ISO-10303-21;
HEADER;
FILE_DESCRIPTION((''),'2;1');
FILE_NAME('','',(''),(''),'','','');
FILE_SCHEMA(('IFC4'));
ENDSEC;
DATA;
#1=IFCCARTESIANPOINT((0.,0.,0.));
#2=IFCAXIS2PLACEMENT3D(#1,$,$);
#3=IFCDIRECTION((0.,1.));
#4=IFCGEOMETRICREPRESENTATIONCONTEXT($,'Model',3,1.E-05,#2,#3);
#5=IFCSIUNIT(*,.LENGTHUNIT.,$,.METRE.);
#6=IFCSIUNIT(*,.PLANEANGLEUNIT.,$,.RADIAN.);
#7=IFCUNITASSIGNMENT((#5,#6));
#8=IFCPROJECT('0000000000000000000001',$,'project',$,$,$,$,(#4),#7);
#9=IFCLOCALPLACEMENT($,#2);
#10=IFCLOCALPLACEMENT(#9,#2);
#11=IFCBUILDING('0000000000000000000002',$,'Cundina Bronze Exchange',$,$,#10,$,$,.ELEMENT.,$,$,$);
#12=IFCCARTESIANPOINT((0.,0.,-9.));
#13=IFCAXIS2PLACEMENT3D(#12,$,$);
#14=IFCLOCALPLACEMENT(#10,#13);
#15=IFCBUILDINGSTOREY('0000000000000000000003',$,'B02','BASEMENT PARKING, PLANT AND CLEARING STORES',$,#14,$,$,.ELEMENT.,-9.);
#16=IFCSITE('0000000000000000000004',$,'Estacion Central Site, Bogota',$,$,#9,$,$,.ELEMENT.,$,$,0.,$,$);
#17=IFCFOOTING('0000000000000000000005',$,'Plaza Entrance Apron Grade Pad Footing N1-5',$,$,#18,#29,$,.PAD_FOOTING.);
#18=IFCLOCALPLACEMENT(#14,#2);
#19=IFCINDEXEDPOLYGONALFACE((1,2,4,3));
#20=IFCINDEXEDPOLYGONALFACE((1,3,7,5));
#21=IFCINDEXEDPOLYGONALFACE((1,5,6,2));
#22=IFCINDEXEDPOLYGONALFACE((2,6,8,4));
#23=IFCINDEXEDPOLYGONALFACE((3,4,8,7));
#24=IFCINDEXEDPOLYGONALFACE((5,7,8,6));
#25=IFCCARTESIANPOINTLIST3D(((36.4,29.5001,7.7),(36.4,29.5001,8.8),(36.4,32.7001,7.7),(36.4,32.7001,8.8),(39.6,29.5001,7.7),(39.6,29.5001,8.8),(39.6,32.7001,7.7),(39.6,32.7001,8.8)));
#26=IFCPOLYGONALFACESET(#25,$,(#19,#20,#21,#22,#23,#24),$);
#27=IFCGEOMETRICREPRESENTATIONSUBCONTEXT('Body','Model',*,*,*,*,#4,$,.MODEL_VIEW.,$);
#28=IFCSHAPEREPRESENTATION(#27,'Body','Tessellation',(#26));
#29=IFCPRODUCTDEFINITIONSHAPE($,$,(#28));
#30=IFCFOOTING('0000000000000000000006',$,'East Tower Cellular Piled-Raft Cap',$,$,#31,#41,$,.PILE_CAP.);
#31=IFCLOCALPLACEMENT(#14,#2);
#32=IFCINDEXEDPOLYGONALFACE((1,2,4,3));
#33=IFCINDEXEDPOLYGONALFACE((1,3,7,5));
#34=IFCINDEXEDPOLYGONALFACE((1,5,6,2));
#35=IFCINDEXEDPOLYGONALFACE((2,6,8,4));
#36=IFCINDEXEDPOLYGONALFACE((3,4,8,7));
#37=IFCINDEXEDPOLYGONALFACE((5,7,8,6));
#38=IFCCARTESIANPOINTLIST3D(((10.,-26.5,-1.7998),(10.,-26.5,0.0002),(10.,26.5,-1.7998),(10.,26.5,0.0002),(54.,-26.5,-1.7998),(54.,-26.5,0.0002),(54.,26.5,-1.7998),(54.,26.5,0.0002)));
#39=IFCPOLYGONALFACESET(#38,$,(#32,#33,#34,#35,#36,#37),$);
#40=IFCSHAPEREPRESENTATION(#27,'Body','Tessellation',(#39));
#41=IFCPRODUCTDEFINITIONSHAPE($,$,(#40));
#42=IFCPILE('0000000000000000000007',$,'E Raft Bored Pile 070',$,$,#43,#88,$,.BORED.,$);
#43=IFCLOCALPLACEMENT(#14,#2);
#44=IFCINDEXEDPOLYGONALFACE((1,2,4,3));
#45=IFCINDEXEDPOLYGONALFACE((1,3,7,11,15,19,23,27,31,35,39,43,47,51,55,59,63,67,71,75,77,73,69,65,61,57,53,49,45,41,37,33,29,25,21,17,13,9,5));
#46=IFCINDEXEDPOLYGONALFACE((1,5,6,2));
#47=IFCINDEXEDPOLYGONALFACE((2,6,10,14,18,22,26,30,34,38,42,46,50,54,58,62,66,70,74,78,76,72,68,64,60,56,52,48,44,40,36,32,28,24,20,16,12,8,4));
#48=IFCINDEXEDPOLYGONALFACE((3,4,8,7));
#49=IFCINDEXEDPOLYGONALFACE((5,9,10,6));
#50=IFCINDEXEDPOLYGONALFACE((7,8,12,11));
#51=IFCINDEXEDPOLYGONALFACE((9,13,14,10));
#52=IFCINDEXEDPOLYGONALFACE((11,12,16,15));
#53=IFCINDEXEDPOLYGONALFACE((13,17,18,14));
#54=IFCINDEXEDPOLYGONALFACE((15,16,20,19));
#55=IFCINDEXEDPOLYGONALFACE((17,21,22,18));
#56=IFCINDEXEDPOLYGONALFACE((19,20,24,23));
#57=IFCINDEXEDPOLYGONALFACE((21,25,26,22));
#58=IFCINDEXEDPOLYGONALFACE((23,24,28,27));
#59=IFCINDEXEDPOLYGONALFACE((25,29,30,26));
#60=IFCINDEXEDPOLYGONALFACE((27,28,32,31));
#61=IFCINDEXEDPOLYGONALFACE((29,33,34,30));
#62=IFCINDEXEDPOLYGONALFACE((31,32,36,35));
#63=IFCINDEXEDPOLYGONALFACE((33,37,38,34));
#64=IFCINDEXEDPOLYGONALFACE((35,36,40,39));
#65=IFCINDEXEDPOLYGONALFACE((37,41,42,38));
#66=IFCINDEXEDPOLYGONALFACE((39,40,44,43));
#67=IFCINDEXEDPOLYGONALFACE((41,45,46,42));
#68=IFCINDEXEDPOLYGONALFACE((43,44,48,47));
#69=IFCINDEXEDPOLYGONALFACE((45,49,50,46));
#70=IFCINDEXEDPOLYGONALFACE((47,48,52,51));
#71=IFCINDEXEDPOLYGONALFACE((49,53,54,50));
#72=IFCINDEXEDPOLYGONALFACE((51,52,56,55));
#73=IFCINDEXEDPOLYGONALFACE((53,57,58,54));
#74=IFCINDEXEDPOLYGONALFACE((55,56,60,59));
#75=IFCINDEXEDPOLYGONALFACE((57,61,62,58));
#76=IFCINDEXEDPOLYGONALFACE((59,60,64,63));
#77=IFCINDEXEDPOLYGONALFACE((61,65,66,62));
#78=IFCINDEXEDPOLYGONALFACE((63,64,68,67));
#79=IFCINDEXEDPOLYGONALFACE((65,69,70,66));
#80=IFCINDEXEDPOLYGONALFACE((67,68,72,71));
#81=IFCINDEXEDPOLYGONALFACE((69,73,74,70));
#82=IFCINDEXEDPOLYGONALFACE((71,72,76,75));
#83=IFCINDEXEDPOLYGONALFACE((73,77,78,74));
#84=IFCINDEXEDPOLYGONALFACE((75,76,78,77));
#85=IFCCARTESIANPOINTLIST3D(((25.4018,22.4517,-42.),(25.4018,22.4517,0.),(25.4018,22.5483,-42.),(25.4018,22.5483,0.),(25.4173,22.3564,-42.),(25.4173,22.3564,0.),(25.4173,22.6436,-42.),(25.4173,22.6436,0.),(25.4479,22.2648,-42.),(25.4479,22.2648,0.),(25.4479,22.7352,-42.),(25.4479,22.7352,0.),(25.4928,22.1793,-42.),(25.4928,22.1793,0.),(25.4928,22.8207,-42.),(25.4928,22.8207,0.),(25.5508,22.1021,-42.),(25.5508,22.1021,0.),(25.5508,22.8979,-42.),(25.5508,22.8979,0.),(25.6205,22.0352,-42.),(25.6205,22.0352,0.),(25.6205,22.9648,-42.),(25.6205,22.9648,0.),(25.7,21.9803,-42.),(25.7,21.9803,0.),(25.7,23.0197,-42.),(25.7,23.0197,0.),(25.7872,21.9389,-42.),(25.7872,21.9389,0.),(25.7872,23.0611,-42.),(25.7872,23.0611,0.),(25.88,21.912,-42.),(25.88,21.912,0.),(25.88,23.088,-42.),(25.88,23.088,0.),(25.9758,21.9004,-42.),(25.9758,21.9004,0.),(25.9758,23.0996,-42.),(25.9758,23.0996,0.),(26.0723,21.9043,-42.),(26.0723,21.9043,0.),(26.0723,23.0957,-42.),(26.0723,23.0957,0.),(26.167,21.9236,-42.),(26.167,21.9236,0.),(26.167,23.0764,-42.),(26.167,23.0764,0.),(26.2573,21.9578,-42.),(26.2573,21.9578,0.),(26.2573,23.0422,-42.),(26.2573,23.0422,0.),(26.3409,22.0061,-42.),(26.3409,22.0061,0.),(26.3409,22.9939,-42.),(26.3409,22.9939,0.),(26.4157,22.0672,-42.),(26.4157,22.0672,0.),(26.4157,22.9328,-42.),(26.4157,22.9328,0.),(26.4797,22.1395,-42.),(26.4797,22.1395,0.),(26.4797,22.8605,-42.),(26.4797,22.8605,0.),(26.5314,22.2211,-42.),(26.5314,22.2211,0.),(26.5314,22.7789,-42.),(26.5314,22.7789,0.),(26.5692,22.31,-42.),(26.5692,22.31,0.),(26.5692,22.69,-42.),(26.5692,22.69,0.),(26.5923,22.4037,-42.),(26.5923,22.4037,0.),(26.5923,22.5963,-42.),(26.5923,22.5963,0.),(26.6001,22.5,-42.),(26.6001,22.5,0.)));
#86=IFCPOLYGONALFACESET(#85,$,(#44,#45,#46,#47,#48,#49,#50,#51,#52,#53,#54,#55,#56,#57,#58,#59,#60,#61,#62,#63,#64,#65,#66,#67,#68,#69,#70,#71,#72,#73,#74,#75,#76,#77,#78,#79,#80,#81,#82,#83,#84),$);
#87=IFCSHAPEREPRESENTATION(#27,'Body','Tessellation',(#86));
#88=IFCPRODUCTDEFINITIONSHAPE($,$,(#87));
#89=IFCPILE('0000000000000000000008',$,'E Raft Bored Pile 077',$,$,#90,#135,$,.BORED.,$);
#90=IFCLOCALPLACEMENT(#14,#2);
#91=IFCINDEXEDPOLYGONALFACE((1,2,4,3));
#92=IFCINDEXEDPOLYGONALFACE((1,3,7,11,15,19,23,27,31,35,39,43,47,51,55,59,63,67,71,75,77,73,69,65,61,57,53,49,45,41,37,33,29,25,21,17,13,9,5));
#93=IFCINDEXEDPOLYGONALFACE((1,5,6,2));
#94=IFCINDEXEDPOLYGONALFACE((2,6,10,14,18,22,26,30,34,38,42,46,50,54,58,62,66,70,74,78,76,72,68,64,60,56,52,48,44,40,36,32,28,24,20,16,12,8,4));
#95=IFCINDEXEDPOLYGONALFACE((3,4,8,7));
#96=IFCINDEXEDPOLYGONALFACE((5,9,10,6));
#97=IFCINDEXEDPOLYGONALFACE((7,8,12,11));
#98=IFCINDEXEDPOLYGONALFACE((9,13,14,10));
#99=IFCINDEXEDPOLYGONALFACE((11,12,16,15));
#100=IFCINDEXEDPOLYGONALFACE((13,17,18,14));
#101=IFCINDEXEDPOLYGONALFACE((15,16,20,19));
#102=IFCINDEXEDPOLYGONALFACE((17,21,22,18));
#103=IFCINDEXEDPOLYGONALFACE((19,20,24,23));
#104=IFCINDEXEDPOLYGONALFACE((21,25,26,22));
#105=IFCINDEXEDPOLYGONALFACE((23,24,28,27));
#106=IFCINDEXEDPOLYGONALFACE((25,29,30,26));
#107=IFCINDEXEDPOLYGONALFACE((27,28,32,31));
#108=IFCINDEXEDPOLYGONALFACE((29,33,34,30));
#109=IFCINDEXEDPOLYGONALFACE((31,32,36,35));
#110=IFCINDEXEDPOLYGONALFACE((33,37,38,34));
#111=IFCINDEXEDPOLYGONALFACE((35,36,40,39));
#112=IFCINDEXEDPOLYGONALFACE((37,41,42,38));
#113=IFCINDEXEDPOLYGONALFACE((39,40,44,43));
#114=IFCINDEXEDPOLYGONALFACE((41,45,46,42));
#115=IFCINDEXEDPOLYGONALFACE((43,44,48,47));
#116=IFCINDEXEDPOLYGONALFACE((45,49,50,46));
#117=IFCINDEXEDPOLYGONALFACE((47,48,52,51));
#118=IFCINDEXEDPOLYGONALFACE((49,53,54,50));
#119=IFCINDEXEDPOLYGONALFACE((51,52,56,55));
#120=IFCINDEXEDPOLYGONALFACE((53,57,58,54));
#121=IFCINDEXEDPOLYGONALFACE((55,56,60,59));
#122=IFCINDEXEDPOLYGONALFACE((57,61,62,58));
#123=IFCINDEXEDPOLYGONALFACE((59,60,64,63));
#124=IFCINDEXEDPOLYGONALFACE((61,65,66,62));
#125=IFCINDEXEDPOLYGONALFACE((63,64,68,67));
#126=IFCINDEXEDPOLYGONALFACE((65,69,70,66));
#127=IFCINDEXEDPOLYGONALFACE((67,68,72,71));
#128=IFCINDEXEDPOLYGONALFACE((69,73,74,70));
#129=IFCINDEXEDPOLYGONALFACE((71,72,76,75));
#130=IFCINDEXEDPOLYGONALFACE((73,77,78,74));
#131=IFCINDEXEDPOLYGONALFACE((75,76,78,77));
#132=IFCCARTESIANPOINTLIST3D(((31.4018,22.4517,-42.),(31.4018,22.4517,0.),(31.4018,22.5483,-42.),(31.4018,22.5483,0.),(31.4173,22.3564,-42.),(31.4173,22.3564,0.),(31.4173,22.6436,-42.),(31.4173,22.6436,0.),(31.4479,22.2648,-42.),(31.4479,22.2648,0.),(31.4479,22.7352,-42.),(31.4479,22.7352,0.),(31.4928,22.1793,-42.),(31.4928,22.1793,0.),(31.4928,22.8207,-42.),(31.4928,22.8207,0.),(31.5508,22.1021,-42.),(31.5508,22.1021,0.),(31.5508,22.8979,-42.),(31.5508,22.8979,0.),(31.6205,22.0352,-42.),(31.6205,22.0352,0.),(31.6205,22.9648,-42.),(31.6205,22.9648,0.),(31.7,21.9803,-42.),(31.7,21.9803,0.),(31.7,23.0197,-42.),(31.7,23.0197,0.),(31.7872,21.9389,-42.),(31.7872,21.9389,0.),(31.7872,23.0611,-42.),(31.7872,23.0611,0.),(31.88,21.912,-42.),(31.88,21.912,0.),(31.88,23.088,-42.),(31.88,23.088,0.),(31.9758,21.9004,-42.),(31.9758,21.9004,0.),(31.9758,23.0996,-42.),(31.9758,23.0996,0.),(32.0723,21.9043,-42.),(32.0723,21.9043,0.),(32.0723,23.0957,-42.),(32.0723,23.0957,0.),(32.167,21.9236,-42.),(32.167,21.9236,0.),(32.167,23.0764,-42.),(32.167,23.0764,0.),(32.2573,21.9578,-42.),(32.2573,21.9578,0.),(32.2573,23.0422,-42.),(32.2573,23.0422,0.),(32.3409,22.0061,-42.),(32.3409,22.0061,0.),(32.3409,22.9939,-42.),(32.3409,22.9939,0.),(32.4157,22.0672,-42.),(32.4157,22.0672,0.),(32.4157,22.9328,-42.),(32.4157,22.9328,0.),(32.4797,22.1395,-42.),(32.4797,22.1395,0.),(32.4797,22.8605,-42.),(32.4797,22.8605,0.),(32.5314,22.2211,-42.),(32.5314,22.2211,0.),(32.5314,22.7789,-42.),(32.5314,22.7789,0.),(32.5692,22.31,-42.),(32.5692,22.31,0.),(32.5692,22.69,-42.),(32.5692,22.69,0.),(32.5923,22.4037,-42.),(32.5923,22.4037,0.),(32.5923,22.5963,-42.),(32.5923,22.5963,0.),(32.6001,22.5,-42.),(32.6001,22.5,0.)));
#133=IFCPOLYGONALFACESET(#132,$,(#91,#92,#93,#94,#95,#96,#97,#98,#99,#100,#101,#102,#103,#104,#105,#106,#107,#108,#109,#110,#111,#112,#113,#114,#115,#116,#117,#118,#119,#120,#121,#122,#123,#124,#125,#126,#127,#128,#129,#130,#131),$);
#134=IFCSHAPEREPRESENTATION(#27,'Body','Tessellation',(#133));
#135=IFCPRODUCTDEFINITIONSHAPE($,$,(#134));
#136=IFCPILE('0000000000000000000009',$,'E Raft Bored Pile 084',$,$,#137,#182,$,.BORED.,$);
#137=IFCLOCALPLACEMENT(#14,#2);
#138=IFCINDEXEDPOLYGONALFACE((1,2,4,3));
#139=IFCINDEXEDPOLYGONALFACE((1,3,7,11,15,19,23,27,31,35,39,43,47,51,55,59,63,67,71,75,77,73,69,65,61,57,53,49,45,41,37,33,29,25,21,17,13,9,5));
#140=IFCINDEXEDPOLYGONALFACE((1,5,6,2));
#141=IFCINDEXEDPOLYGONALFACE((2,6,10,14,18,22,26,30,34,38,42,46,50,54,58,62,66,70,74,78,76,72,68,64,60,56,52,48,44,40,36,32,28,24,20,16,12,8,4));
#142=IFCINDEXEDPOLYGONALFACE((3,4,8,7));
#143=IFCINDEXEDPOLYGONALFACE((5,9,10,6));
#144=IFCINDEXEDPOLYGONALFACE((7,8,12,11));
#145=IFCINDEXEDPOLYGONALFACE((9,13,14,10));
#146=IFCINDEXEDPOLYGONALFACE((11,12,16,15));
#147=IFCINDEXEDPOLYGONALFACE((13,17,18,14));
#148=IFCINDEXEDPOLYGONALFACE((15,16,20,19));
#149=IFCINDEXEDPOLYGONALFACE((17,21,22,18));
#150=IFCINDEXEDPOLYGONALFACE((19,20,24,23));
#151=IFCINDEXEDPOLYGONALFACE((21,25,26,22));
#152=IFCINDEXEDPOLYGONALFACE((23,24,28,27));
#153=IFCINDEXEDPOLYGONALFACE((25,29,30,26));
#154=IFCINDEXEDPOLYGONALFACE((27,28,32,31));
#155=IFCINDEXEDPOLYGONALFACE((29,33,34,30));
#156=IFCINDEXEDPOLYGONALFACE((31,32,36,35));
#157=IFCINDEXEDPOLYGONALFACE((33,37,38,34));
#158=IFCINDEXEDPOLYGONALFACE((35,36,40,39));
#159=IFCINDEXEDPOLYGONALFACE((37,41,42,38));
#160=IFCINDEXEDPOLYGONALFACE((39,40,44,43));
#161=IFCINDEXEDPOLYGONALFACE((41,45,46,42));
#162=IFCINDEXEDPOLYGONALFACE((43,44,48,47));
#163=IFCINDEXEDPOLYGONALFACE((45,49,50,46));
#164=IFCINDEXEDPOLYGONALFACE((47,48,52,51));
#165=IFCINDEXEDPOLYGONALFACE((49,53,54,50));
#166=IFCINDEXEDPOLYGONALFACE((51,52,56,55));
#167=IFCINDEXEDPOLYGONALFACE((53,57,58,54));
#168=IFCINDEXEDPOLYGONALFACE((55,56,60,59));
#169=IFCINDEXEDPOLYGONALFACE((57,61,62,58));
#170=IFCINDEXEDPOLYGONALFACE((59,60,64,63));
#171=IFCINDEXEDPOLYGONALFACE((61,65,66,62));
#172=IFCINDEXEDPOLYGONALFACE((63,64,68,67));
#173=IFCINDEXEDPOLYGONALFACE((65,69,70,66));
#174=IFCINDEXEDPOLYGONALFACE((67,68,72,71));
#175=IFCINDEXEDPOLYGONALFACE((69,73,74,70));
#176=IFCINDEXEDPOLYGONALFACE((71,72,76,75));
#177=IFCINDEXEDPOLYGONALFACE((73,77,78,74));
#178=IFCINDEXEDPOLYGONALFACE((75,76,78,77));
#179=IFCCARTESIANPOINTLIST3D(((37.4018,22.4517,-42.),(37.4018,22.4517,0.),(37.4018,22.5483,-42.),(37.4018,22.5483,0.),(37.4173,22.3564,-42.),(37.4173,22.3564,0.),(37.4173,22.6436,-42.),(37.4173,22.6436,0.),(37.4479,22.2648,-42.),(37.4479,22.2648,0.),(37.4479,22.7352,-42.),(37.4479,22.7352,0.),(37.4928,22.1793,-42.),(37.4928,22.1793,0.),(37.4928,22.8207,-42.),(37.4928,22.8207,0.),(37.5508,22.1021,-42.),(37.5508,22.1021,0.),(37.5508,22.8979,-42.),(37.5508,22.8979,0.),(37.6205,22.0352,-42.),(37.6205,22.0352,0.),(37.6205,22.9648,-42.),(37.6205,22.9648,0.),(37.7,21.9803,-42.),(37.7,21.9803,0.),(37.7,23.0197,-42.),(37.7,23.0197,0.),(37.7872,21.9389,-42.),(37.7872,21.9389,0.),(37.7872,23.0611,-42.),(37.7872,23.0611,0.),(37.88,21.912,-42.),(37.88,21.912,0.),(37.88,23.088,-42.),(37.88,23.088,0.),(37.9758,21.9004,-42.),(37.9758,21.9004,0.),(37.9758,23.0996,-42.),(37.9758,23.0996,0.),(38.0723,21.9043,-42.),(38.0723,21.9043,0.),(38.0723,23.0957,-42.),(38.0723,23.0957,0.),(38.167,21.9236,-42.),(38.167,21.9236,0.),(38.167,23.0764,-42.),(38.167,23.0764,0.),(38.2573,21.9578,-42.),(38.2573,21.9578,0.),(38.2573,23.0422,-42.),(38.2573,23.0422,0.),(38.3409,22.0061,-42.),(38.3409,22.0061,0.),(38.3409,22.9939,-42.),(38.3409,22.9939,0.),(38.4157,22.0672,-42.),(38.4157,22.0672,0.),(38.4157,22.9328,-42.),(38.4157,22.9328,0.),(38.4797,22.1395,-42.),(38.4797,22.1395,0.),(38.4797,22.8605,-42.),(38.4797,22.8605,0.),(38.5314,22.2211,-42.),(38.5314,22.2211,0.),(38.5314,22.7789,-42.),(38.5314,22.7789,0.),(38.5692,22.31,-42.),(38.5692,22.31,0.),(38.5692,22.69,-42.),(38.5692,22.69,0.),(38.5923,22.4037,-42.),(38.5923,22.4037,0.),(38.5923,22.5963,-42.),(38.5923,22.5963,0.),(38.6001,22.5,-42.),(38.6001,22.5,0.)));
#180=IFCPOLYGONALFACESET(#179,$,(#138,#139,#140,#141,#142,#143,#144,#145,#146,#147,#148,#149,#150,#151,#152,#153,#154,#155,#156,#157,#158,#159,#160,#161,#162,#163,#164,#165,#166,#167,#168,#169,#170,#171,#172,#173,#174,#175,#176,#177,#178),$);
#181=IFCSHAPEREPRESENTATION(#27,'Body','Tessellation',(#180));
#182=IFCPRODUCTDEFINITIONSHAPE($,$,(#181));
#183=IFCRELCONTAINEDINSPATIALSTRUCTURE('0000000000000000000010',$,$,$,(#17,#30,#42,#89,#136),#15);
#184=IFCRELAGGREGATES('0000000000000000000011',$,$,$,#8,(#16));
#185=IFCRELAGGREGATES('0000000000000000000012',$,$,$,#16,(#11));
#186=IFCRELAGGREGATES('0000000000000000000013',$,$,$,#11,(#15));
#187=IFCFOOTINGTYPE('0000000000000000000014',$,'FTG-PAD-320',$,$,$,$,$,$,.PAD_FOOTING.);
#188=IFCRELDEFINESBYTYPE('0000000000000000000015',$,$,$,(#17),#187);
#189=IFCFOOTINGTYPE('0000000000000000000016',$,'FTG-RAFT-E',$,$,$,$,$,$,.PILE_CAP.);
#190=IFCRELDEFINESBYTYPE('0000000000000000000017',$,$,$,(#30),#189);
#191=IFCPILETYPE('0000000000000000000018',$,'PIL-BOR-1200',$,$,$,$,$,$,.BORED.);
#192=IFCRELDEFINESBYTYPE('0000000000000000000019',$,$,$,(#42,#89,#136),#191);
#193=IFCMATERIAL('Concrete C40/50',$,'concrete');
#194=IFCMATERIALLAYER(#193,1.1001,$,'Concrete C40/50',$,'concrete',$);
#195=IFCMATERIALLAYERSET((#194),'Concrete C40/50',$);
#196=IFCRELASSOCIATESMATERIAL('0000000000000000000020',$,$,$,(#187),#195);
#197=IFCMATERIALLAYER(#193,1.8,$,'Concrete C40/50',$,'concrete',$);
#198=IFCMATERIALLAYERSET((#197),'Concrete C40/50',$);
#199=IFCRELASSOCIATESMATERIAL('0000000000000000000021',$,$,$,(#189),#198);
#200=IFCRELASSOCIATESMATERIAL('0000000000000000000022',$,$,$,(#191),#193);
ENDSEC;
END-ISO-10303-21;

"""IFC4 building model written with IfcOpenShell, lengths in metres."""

from ifc_helpers import new_model, si_unit, direction, frame, origin, origin_2d, place, context, subcontext, project, spatial, rectangle, circle, extrude, material, layer, layer_set, material_profile, profile_set, type_object, element, save


model = new_model("IFC4")

# Units and contexts
model_context = context("Model", 3, precision=1e-05, world=origin(), true_north=direction((0.0, 1.0)))
body_context = subcontext(model_context, "Body", "Model", "MODEL_VIEW")
ifc_project = project(units=[si_unit("LENGTHUNIT", "METRE"), si_unit("PLANEANGLEUNIT", "RADIAN")], contexts=[model_context])

# Site, building, storey
site_placement = place(None, origin())
site = spatial("IfcSite", under=ifc_project, at=site_placement, Name="Estacion Central Site, Bogota", CompositionType="ELEMENT", RefElevation=0.0)
building_placement = place(site_placement, origin())
building = spatial("IfcBuilding", under=site, at=building_placement, Name="Cundina Bronze Exchange", CompositionType="ELEMENT")
storey_placement = place(building_placement, frame((0.0, 0.0, -9.0)))
storey = spatial("IfcBuildingStorey", under=building, at=storey_placement, Name="B02", Description="BASEMENT PARKING, PLANT AND CLEARING STORES", CompositionType="ELEMENT", Elevation=-9.0)

# Footings
ifc_material_1 = material(Name="Concrete C40/50", Category="concrete")
ifc_layer_1 = layer(ifc_material_1, 1.1001, Name="Concrete C40/50", Category="concrete")
ifc_layer_set_1 = layer_set([ifc_layer_1], Name="Concrete C40/50")
footing_type_1 = type_object("IfcFootingType", Name="FTG-PAD-320", PredefinedType="PAD_FOOTING", material=ifc_layer_set_1)
footing_1_placement = place(storey_placement, frame((38.0, 31.1001, 7.7), z_axis=(0.0, 0.0, 1.0), x_axis=(1.0, 0.0, 0.0)))
element("IfcFooting", 1, at=footing_1_placement, inside=storey, type_object=footing_type_1, Name="Plaza Entrance Apron Grade Pad Footing N1-5", PredefinedType="PAD_FOOTING", context=body_context, shape_type="SweptSolid", body=[
    extrude(rectangle(XDim=3.2, YDim=3.2, at=origin_2d()), origin(), (0.0, 0.0, 1.0), 1.1001),
])
ifc_layer_2 = layer(ifc_material_1, 1.8, Name="Concrete C40/50", Category="concrete")
ifc_layer_set_2 = layer_set([ifc_layer_2], Name="Concrete C40/50")
footing_type_2 = type_object("IfcFootingType", Name="FTG-RAFT-E", PredefinedType="PILE_CAP", material=ifc_layer_set_2)
footing_2_placement = place(storey_placement, frame((32.0, 0.0, -1.7998), z_axis=(0.0, 0.0, 1.0), x_axis=(1.0, 0.0, 0.0)))
element("IfcFooting", 2, at=footing_2_placement, inside=storey, type_object=footing_type_2, Name="East Tower Cellular Piled-Raft Cap", PredefinedType="PILE_CAP", context=body_context, shape_type="SweptSolid", body=[
    extrude(rectangle(XDim=44.0, YDim=53.0, at=origin_2d()), origin(), (0.0, 0.0, 1.0), 1.8),
])

# Piles
ifc_material_profile_1 = material_profile(ifc_material_1, circle(Radius=0.6001, at=origin_2d()), Name="PILE1200D", Category="concrete")
ifc_profile_set_1 = profile_set([ifc_material_profile_1], Name="Concrete C40/50")
pile_type_1 = type_object("IfcPileType", Name="PIL-BOR-1200", PredefinedType="BORED", material=ifc_profile_set_1)
for number, where, z_axis, x_axis, name in (
    (3, (26.0, 22.5, 0.0), (0.0, 0.0, -1.0), (1.0, 0.0, 0.0), "E Raft Bored Pile 070"),
    (4, (32.0, 22.5, 0.0), (0.0, 0.0, -1.0), (1.0, 0.0, 0.0), "E Raft Bored Pile 077"),
    (5, (38.0, 22.5, 0.0), (0.0, 0.0, -1.0), (1.0, 0.0, 0.0), "E Raft Bored Pile 084"),
):
    element("IfcPile", number, at=place(storey_placement, frame(where, z_axis=z_axis, x_axis=x_axis)), inside=storey, type_object=pile_type_1, Name=name, PredefinedType="BORED", context=body_context, shape_type="SweptSolid", body=[
        extrude(circle(Radius=0.6001, at=origin_2d()), origin(), (0.0, 0.0, 1.0), 42.0),
    ])

save(model, "model.ifc")
